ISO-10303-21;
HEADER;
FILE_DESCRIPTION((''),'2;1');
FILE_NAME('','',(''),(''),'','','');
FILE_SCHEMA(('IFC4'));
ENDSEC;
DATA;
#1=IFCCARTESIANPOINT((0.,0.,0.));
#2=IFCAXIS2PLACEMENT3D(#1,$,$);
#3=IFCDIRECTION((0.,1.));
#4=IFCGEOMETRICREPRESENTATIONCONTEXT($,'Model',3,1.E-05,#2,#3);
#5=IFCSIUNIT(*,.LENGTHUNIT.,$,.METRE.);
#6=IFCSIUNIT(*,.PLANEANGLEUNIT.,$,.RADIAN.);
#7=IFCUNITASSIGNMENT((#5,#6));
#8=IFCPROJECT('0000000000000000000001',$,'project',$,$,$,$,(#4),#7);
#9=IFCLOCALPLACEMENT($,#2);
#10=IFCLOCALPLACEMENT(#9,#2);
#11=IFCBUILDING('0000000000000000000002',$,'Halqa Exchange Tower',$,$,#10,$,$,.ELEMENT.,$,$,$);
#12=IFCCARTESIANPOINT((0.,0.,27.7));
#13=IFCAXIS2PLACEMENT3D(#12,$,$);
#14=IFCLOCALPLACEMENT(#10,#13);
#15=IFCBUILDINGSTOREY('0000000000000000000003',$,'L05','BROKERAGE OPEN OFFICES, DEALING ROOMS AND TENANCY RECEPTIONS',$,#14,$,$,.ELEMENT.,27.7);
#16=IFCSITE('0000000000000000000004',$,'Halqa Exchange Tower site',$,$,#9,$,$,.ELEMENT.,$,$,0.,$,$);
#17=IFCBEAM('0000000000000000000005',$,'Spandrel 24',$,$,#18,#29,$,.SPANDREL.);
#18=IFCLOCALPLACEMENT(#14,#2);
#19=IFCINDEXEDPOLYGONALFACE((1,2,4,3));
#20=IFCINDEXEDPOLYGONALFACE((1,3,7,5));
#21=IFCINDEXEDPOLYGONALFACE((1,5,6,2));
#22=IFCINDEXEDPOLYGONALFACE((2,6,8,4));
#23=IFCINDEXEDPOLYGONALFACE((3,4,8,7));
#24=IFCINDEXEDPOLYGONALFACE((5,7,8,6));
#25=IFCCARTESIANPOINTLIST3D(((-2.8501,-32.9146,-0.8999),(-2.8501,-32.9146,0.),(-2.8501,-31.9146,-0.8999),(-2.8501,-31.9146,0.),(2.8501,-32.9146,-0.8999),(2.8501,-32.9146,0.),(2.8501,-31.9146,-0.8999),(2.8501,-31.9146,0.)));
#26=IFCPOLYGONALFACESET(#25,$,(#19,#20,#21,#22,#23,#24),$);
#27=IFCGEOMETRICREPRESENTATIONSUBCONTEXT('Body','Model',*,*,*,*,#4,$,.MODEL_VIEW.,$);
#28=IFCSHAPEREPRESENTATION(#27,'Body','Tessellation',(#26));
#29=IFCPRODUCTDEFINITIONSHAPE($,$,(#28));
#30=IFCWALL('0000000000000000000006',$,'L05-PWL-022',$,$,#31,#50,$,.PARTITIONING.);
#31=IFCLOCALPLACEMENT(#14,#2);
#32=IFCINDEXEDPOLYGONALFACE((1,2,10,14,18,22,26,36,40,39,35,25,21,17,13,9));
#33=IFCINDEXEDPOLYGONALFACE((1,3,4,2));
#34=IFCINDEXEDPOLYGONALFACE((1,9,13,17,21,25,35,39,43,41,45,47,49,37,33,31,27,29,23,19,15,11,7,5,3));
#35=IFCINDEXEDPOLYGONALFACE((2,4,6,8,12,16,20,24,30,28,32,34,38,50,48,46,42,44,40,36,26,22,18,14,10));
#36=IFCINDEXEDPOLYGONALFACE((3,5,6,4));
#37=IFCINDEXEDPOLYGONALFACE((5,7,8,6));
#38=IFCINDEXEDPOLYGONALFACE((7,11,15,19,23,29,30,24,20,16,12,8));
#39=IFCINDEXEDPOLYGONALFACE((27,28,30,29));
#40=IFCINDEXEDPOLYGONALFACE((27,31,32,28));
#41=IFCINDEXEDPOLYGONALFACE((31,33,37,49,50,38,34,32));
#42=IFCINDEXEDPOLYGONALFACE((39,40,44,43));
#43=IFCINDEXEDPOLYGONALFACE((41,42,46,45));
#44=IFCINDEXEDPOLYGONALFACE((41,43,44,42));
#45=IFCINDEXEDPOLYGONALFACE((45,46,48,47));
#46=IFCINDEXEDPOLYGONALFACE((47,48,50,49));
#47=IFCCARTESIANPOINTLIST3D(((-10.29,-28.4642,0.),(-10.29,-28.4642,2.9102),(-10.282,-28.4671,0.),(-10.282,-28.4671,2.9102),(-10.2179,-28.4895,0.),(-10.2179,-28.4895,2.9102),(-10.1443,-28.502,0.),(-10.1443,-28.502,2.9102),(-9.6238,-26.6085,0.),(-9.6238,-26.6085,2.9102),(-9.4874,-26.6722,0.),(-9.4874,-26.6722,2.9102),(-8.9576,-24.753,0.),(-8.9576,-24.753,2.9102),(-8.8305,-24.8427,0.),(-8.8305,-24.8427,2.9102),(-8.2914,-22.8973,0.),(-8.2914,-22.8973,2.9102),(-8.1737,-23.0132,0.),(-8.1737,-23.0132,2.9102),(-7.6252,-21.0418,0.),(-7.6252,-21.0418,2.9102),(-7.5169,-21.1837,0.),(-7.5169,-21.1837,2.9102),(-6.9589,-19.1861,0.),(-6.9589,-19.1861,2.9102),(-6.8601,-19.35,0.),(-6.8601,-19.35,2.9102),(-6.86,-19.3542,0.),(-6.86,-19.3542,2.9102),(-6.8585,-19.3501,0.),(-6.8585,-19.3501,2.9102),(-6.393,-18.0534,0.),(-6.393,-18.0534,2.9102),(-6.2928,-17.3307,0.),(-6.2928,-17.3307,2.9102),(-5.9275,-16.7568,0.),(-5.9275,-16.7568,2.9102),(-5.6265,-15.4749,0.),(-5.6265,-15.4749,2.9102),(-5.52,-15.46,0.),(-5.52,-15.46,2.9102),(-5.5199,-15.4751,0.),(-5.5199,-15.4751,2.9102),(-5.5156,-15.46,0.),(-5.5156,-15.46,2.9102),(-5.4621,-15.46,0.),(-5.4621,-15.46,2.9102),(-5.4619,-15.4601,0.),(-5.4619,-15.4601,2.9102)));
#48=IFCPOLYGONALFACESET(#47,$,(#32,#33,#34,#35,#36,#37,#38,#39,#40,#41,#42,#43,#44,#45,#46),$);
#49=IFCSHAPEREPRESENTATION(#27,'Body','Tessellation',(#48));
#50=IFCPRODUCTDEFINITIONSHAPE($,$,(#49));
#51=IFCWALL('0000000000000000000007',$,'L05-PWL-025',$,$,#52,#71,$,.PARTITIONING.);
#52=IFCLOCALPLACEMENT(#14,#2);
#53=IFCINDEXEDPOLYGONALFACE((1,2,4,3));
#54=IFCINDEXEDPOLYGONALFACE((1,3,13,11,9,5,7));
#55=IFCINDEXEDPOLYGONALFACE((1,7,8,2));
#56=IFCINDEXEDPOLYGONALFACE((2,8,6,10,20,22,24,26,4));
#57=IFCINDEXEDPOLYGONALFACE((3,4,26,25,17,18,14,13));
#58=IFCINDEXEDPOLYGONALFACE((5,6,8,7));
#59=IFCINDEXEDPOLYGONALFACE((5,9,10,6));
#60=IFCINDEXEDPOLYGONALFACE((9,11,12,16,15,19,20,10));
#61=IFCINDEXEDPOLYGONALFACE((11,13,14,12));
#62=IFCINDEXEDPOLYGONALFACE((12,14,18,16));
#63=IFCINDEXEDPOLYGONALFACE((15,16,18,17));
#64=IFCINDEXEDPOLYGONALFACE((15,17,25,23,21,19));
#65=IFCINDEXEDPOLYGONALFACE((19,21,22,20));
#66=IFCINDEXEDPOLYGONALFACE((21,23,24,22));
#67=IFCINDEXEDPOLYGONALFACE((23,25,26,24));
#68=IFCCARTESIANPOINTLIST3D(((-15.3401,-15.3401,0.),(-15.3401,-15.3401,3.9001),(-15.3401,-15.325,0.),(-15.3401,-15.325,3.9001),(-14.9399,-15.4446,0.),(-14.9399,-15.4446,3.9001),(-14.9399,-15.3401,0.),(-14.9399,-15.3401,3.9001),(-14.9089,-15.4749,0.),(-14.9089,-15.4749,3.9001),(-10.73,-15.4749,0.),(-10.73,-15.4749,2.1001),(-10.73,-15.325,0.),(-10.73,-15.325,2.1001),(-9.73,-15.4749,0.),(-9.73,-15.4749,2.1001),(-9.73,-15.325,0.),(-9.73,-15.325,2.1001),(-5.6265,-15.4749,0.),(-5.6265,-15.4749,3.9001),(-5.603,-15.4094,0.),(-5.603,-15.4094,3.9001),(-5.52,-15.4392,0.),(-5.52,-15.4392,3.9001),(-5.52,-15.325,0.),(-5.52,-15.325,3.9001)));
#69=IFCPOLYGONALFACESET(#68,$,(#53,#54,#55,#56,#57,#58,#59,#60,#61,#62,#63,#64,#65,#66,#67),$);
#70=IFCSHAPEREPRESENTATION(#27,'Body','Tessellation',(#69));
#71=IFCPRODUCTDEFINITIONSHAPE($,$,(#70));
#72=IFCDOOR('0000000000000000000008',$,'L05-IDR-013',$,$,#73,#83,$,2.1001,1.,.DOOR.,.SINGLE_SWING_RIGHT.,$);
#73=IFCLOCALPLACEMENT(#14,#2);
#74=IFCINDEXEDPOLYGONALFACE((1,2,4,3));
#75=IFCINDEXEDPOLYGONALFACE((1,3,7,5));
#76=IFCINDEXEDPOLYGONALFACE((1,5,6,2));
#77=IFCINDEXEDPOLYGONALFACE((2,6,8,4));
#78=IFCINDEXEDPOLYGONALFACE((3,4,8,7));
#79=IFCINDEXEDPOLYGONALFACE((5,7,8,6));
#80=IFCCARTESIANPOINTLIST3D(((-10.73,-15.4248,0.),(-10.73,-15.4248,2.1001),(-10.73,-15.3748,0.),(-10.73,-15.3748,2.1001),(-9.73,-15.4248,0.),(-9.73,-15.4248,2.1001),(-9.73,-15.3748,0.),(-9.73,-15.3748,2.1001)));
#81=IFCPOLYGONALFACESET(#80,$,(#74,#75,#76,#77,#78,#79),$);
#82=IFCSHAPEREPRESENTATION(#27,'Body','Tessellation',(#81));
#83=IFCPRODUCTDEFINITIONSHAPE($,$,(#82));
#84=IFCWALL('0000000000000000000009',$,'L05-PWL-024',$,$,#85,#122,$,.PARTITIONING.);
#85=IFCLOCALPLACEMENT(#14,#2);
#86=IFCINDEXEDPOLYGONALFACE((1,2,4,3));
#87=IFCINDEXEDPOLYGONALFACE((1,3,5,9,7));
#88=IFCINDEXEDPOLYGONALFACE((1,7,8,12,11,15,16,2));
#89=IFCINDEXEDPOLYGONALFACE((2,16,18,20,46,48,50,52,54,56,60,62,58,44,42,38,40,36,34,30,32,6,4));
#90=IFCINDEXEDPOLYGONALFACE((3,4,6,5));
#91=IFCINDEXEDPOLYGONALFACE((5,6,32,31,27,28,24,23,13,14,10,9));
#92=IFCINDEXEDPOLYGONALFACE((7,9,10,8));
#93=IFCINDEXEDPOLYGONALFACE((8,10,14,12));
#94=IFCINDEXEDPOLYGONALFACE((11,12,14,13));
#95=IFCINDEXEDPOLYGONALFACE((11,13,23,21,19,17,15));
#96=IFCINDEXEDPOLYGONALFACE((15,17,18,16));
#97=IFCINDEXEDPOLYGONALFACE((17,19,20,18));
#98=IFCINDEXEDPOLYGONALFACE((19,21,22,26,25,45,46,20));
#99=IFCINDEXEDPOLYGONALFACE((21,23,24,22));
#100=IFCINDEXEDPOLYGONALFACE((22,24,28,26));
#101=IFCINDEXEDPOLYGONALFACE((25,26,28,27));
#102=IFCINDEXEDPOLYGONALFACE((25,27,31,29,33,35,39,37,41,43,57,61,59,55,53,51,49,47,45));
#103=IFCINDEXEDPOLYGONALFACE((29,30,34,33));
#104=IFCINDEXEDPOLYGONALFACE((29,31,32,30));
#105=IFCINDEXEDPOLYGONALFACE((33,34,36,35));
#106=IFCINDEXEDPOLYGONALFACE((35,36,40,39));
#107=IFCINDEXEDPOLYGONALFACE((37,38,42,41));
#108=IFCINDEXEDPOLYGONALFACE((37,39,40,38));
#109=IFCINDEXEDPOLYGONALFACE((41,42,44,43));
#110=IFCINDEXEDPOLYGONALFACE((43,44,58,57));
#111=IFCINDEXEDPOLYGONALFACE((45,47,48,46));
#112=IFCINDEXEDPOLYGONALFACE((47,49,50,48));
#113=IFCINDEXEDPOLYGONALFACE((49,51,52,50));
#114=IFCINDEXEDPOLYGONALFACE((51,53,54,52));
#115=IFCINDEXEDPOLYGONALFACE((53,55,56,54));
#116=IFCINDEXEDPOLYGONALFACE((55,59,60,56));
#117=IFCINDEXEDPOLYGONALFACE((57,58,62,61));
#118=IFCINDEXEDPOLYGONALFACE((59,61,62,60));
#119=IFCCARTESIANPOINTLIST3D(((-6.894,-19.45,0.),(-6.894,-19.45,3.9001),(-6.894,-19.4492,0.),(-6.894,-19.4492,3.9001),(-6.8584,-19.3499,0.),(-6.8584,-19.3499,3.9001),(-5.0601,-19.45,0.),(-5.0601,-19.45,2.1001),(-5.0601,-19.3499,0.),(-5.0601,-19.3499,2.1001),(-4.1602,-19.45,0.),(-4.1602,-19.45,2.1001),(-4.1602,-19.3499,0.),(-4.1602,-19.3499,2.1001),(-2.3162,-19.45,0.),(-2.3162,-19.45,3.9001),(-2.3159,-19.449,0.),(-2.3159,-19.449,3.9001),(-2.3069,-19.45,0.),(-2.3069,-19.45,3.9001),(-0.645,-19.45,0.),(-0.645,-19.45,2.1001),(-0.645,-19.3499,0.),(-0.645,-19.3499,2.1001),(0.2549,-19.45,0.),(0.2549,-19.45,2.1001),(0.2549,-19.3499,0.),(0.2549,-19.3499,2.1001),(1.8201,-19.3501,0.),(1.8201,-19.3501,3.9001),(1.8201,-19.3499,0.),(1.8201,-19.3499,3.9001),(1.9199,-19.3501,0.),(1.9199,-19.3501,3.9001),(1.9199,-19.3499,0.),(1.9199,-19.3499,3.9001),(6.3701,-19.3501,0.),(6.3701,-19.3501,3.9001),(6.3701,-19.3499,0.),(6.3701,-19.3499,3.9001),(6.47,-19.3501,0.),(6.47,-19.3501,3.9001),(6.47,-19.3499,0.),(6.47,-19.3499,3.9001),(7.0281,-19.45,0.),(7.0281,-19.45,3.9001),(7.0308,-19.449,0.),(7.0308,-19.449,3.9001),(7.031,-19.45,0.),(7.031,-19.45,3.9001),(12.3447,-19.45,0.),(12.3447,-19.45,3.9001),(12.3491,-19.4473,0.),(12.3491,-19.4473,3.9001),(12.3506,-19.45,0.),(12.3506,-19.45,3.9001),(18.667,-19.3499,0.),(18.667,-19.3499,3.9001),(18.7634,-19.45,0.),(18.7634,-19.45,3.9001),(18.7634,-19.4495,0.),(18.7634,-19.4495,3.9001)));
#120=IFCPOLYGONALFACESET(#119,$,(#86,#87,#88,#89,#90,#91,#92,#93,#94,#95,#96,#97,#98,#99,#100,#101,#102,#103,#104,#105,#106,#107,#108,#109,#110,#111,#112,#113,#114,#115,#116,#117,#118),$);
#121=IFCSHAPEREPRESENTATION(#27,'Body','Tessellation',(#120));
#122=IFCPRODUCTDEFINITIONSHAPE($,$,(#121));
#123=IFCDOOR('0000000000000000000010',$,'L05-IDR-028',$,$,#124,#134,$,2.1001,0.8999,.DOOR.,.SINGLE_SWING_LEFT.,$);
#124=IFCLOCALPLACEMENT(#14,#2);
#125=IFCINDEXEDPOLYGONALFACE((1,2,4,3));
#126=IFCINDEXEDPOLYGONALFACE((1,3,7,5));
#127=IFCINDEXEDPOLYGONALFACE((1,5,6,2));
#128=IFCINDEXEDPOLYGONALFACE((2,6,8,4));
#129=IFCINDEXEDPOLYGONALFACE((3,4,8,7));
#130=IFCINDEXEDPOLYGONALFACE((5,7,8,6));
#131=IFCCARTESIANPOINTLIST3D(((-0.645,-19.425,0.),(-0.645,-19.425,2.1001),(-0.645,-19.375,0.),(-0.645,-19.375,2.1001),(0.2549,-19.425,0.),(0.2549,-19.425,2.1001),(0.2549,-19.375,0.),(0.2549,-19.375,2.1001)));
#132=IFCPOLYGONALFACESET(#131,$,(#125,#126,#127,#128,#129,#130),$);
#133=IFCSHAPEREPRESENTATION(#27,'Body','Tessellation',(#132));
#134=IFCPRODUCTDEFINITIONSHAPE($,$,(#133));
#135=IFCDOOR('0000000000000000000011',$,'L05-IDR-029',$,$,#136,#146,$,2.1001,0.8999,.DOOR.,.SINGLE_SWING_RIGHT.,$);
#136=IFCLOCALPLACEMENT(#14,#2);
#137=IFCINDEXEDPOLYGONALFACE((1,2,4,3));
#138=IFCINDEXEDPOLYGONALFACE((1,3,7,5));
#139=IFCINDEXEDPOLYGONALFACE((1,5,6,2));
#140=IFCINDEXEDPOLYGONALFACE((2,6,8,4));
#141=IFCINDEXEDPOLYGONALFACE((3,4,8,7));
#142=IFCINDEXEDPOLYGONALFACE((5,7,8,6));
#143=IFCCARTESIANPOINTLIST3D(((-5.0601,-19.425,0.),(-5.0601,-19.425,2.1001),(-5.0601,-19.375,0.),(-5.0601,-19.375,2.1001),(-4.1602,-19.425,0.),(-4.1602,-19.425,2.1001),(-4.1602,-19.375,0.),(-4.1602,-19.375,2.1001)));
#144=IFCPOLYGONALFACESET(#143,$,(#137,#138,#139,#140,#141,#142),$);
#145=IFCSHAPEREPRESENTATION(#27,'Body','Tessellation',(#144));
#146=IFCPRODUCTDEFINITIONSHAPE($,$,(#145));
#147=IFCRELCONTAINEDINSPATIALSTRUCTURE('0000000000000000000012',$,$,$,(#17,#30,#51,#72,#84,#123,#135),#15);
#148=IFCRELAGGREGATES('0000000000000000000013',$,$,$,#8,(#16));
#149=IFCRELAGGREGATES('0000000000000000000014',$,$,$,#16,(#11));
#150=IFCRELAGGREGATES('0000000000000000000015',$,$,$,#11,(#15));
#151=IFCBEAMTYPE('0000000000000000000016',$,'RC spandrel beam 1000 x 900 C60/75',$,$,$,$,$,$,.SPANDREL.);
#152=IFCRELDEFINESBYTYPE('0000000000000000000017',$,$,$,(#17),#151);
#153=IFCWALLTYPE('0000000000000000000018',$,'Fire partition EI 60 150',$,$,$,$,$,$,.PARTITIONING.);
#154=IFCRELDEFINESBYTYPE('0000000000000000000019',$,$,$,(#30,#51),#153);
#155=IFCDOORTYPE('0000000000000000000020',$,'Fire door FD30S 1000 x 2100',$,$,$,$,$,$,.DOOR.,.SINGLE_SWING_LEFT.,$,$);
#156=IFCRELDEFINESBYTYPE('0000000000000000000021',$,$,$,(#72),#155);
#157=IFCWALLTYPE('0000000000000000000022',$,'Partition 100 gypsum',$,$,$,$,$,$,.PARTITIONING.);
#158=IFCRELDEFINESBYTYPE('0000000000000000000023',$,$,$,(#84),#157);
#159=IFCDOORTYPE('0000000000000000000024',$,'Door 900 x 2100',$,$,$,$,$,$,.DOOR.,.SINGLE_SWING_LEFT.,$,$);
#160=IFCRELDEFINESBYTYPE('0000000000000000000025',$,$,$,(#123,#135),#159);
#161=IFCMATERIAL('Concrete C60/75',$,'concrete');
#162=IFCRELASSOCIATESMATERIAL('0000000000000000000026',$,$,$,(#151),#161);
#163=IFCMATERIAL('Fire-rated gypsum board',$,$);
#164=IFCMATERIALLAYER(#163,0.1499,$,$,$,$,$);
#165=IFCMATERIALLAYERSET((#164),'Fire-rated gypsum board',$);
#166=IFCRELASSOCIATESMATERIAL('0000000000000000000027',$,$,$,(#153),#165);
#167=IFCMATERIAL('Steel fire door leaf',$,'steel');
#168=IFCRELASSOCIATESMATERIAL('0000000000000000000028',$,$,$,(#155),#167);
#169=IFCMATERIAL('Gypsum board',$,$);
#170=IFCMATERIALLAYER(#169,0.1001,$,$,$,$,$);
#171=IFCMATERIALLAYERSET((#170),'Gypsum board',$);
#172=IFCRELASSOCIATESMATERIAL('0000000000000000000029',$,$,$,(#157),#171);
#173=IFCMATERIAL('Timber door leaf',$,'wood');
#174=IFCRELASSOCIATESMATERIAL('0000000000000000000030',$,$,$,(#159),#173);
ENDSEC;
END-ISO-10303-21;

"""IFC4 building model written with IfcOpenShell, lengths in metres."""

from ifc_helpers import new_model, si_unit, direction, frame, frame_2d, origin, origin_2d, place, context, subcontext, project, spatial, polyline, rectangle, outline, extrude, material, layer, layer_set, material_profile, profile_set, type_object, element, fill, save


model = new_model("IFC4")

# Units and contexts
model_context = context("Model", 3, precision=1e-05, world=origin(), true_north=direction((0.0, 1.0)))
body_context = subcontext(model_context, "Body", "Model", "MODEL_VIEW")
ifc_project = project(units=[si_unit("LENGTHUNIT", "METRE"), si_unit("PLANEANGLEUNIT", "RADIAN")], contexts=[model_context])

# Site, building, storey
site_placement = place(None, origin())
site = spatial("IfcSite", under=ifc_project, at=site_placement, Name="Halqa Exchange Tower site", CompositionType="ELEMENT", RefElevation=0.0)
building_placement = place(site_placement, origin())
building = spatial("IfcBuilding", under=site, at=building_placement, Name="Halqa Exchange Tower", CompositionType="ELEMENT")
storey_placement = place(building_placement, frame((0.0, 0.0, 27.7)))
storey = spatial("IfcBuildingStorey", under=building, at=storey_placement, Name="L05", Description="BROKERAGE OPEN OFFICES, DEALING ROOMS AND TENANCY RECEPTIONS", CompositionType="ELEMENT", Elevation=27.7)

# Beam
ifc_material_1 = material(Name="Concrete C60/75", Category="concrete")
ifc_material_profile_1 = material_profile(ifc_material_1, rectangle(XDim=1.0, YDim=0.8999, at=origin_2d()), Name="1000 x 900")
ifc_profile_set_1 = profile_set([ifc_material_profile_1], Name="Concrete C60/75")
beam_type_1 = type_object("IfcBeamType", Name="RC spandrel beam 1000 x 900 C60/75", PredefinedType="SPANDREL", material=ifc_profile_set_1)
beam_1_placement = place(storey_placement, frame((-2.8501, -32.4146, -0.45), z_axis=(1.0, 0.0, 0.0), x_axis=(0.0, 1.0, 0.0)))
element("IfcBeam", 1, at=beam_1_placement, inside=storey, type_object=beam_type_1, Name="Spandrel 24", PredefinedType="SPANDREL", context=body_context, shape_type="SweptSolid", body=[
    extrude(rectangle(XDim=1.0, YDim=0.8999, at=origin_2d()), origin(), (0.0, 0.0, 1.0), 5.7002),
])

# Wall
ifc_material_2 = material(Name="Fire-rated gypsum board")
ifc_layer_1 = layer(ifc_material_2, 0.1499)
ifc_layer_set_1 = layer_set([ifc_layer_1], Name="Fire-rated gypsum board")
wall_type_1 = type_object("IfcWallType", Name="Fire partition EI 60 150", PredefinedType="PARTITIONING", material=ifc_layer_set_1)
wall_1_placement = place(storey_placement, frame((-10.2195, -28.4895, 0.0), z_axis=(0.0, 0.0, 1.0), x_axis=(0.33791, 0.941178, 0.0)))
element("IfcWall", 2, at=wall_1_placement, inside=storey, type_object=wall_type_1, Name="L05-PWL-022", PredefinedType="PARTITIONING", context=body_context, shape_type="SweptSolid", body=[
    extrude(outline(polyline([(0.0137, -0.075), (1.9578, -0.075), (3.9016, -0.075), (5.8455, -0.075), (7.7893, -0.075), (9.7332, -0.075), (9.7371, -0.0735), (9.7375, -0.075), (11.1152, -0.075), (12.4929, -0.075), (13.8706, -0.075), (13.8706, -0.0747), (13.8525, -0.0244), (13.8525, -0.0244), (13.8511, -0.0203), (13.8369, -0.0254), (13.801, 0.075), (11.8293, 0.075), (9.8579, 0.075), (7.8862, 0.075), (5.9148, 0.075), (3.9431, 0.075), (1.9717, 0.075), (0.0, 0.075), (0.0, 0.0664), (0.0005, -0.0015), (0.0137, -0.075)])), origin(), (0.0, 0.0, 1.0), 2.9102),
])

# Wall, opening, door
wall_2_placement = place(storey_placement, frame((-5.52, -15.3999, 0.0), z_axis=(0.0, 0.0, 1.0), x_axis=(-1.0, 0.0, 0.0)))
wall_2 = element("IfcWall", 3, at=wall_2_placement, inside=storey, type_object=wall_type_1, Name="L05-PWL-025", PredefinedType="PARTITIONING", context=body_context, shape_type="SweptSolid", body=[
    extrude(outline(polyline([(0.0, -0.075), (1.9641, -0.075), (3.928, -0.075), (5.8921, -0.075), (7.856, -0.075), (9.8201, -0.075), (9.8201, -0.0598), (9.4199, -0.0598), (9.4199, 0.0447), (9.3889, 0.075), (7.5325, 0.075), (5.676, 0.075), (3.8196, 0.075), (1.9631, 0.075), (0.1064, 0.075), (0.083, 0.0095), (0.0, 0.0393), (0.0, -0.075)])), origin(), (0.0, 0.0, 1.0), 3.9001),
])
opening_1_placement = place(wall_2_placement, frame((4.21, 0.0, 0.0)))
opening_1 = element("IfcOpeningElement", 4, at=opening_1_placement, cuts=wall_2, PredefinedType="OPENING", context=body_context, shape_type="SweptSolid", body=[
    extrude(rectangle(XDim=1.0, YDim=2.1001, at=frame_2d((0.5, 1.05))), frame((0.0, 0.0869, 0.0), z_axis=(0.0, -1.0, 0.0), x_axis=(1.0, 0.0, 0.0)), (0.0, 0.0, 1.0), 0.1738),
])
ifc_material_3 = material(Name="Steel fire door leaf", Category="steel")
door_type_1 = type_object("IfcDoorType", Name="Fire door FD30S 1000 x 2100", OperationType="SINGLE_SWING_LEFT", PredefinedType="DOOR", material=ifc_material_3)
door_1_placement = place(opening_1_placement, origin())
door_1 = element("IfcDoor", 5, at=door_1_placement, inside=storey, type_object=door_type_1, Name="L05-IDR-013", OperationType="SINGLE_SWING_RIGHT", OverallHeight=2.1001, OverallWidth=1.0, PredefinedType="DOOR", context=body_context, shape_type="SweptSolid", body=[
    extrude(rectangle(XDim=1.0, YDim=2.1001, at=frame_2d((0.5, 1.05))), frame((0.0, 0.0249, 0.0), z_axis=(0.0, -1.0, 0.0), x_axis=(1.0, 0.0, 0.0)), (0.0, 0.0, 1.0), 0.05),
])
fill(opening_1, door_1)

# Wall, openings, doors
ifc_material_4 = material(Name="Gypsum board")
ifc_layer_2 = layer(ifc_material_4, 0.1001)
ifc_layer_set_2 = layer_set([ifc_layer_2], Name="Gypsum board")
wall_type_2 = type_object("IfcWallType", Name="Partition 100 gypsum", PredefinedType="PARTITIONING", material=ifc_layer_set_2)
wall_3_placement = place(storey_placement, frame((-6.894, -19.3999, 0.0), z_axis=(0.0, 0.0, 1.0), x_axis=(1.0, 0.0, 0.0)))
wall_3 = element("IfcWall", 6, at=wall_3_placement, inside=storey, type_object=wall_type_2, Name="L05-PWL-024", PredefinedType="PARTITIONING", context=body_context, shape_type="SweptSolid", body=[
    extrude(outline(polyline([(0.0, -0.05), (1.5259, -0.05), (3.052, -0.05), (4.5779, -0.05), (4.5781, -0.0491), (4.5872, -0.05), (6.4541, -0.05), (8.321, -0.05), (10.188, -0.05), (12.0552, -0.05), (13.9221, -0.05), (13.9248, -0.0491), (13.925, -0.05), (15.6963, -0.05), (17.4675, -0.05), (19.2388, -0.05), (19.2432, -0.0474), (19.2446, -0.05), (20.8479, -0.05), (22.4512, -0.05), (24.0542, -0.05), (25.6575, -0.05), (25.6575, -0.0496), (25.614, -0.0046), (25.614, -0.0046), (25.561, 0.05), (23.8186, 0.05), (22.0762, 0.05), (20.3337, 0.05), (18.5913, 0.05), (16.8489, 0.05), (15.1064, 0.05), (13.364, 0.05), (13.364, 0.0498), (13.2642, 0.0498), (13.2642, 0.05), (11.7808, 0.05), (10.2974, 0.05), (8.814, 0.05), (8.814, 0.0498), (8.7141, 0.0498), (8.7141, 0.05), (6.9783, 0.05), (5.2427, 0.05), (3.5071, 0.05), (1.7712, 0.05), (0.0356, 0.05), (0.0, -0.0493), (0.0, -0.05)])), origin(), (0.0, 0.0, 1.0), 3.9001),
])
opening_2_placement = place(wall_3_placement, frame((6.249, 0.0, 0.0)))
opening_2 = element("IfcOpeningElement", 7, at=opening_2_placement, cuts=wall_3, PredefinedType="OPENING", context=body_context, shape_type="SweptSolid", body=[
    extrude(rectangle(XDim=0.8999, YDim=2.1001, at=frame_2d((0.45, 1.05))), frame((0.0, 0.062, 0.0), z_axis=(0.0, -1.0, 0.0), x_axis=(1.0, 0.0, 0.0)), (0.0, 0.0, 1.0), 0.124),
])
opening_3_placement = place(wall_3_placement, frame((1.834, 0.0, 0.0)))
opening_3 = element("IfcOpeningElement", 8, at=opening_3_placement, cuts=wall_3, PredefinedType="OPENING", context=body_context, shape_type="SweptSolid", body=[
    extrude(rectangle(XDim=0.8999, YDim=2.1001, at=frame_2d((0.45, 1.05))), frame((0.0, 0.062, 0.0), z_axis=(0.0, -1.0, 0.0), x_axis=(1.0, 0.0, 0.0)), (0.0, 0.0, 1.0), 0.124),
])
ifc_material_5 = material(Name="Timber door leaf", Category="wood")
door_type_2 = type_object("IfcDoorType", Name="Door 900 x 2100", OperationType="SINGLE_SWING_LEFT", PredefinedType="DOOR", material=ifc_material_5)
door_2_placement = place(opening_2_placement, origin())
door_2 = element("IfcDoor", 9, at=door_2_placement, inside=storey, type_object=door_type_2, Name="L05-IDR-028", OperationType="SINGLE_SWING_LEFT", OverallHeight=2.1001, OverallWidth=0.8999, PredefinedType="DOOR", context=body_context, shape_type="SweptSolid", body=[
    extrude(rectangle(XDim=0.8999, YDim=2.1001, at=frame_2d((0.45, 1.05))), frame((0.0, 0.0249, 0.0), z_axis=(0.0, -1.0, 0.0), x_axis=(1.0, 0.0, 0.0)), (0.0, 0.0, 1.0), 0.05),
])
fill(opening_2, door_2)
door_3_placement = place(opening_3_placement, origin())
door_3 = element("IfcDoor", 10, at=door_3_placement, inside=storey, type_object=door_type_2, Name="L05-IDR-029", OperationType="SINGLE_SWING_RIGHT", OverallHeight=2.1001, OverallWidth=0.8999, PredefinedType="DOOR", context=body_context, shape_type="SweptSolid", body=[
    extrude(rectangle(XDim=0.8999, YDim=2.1001, at=frame_2d((0.45, 1.05))), frame((0.0, 0.0249, 0.0), z_axis=(0.0, -1.0, 0.0), x_axis=(1.0, 0.0, 0.0)), (0.0, 0.0, 1.0), 0.05),
])
fill(opening_3, door_3)

save(model, "model.ifc")
